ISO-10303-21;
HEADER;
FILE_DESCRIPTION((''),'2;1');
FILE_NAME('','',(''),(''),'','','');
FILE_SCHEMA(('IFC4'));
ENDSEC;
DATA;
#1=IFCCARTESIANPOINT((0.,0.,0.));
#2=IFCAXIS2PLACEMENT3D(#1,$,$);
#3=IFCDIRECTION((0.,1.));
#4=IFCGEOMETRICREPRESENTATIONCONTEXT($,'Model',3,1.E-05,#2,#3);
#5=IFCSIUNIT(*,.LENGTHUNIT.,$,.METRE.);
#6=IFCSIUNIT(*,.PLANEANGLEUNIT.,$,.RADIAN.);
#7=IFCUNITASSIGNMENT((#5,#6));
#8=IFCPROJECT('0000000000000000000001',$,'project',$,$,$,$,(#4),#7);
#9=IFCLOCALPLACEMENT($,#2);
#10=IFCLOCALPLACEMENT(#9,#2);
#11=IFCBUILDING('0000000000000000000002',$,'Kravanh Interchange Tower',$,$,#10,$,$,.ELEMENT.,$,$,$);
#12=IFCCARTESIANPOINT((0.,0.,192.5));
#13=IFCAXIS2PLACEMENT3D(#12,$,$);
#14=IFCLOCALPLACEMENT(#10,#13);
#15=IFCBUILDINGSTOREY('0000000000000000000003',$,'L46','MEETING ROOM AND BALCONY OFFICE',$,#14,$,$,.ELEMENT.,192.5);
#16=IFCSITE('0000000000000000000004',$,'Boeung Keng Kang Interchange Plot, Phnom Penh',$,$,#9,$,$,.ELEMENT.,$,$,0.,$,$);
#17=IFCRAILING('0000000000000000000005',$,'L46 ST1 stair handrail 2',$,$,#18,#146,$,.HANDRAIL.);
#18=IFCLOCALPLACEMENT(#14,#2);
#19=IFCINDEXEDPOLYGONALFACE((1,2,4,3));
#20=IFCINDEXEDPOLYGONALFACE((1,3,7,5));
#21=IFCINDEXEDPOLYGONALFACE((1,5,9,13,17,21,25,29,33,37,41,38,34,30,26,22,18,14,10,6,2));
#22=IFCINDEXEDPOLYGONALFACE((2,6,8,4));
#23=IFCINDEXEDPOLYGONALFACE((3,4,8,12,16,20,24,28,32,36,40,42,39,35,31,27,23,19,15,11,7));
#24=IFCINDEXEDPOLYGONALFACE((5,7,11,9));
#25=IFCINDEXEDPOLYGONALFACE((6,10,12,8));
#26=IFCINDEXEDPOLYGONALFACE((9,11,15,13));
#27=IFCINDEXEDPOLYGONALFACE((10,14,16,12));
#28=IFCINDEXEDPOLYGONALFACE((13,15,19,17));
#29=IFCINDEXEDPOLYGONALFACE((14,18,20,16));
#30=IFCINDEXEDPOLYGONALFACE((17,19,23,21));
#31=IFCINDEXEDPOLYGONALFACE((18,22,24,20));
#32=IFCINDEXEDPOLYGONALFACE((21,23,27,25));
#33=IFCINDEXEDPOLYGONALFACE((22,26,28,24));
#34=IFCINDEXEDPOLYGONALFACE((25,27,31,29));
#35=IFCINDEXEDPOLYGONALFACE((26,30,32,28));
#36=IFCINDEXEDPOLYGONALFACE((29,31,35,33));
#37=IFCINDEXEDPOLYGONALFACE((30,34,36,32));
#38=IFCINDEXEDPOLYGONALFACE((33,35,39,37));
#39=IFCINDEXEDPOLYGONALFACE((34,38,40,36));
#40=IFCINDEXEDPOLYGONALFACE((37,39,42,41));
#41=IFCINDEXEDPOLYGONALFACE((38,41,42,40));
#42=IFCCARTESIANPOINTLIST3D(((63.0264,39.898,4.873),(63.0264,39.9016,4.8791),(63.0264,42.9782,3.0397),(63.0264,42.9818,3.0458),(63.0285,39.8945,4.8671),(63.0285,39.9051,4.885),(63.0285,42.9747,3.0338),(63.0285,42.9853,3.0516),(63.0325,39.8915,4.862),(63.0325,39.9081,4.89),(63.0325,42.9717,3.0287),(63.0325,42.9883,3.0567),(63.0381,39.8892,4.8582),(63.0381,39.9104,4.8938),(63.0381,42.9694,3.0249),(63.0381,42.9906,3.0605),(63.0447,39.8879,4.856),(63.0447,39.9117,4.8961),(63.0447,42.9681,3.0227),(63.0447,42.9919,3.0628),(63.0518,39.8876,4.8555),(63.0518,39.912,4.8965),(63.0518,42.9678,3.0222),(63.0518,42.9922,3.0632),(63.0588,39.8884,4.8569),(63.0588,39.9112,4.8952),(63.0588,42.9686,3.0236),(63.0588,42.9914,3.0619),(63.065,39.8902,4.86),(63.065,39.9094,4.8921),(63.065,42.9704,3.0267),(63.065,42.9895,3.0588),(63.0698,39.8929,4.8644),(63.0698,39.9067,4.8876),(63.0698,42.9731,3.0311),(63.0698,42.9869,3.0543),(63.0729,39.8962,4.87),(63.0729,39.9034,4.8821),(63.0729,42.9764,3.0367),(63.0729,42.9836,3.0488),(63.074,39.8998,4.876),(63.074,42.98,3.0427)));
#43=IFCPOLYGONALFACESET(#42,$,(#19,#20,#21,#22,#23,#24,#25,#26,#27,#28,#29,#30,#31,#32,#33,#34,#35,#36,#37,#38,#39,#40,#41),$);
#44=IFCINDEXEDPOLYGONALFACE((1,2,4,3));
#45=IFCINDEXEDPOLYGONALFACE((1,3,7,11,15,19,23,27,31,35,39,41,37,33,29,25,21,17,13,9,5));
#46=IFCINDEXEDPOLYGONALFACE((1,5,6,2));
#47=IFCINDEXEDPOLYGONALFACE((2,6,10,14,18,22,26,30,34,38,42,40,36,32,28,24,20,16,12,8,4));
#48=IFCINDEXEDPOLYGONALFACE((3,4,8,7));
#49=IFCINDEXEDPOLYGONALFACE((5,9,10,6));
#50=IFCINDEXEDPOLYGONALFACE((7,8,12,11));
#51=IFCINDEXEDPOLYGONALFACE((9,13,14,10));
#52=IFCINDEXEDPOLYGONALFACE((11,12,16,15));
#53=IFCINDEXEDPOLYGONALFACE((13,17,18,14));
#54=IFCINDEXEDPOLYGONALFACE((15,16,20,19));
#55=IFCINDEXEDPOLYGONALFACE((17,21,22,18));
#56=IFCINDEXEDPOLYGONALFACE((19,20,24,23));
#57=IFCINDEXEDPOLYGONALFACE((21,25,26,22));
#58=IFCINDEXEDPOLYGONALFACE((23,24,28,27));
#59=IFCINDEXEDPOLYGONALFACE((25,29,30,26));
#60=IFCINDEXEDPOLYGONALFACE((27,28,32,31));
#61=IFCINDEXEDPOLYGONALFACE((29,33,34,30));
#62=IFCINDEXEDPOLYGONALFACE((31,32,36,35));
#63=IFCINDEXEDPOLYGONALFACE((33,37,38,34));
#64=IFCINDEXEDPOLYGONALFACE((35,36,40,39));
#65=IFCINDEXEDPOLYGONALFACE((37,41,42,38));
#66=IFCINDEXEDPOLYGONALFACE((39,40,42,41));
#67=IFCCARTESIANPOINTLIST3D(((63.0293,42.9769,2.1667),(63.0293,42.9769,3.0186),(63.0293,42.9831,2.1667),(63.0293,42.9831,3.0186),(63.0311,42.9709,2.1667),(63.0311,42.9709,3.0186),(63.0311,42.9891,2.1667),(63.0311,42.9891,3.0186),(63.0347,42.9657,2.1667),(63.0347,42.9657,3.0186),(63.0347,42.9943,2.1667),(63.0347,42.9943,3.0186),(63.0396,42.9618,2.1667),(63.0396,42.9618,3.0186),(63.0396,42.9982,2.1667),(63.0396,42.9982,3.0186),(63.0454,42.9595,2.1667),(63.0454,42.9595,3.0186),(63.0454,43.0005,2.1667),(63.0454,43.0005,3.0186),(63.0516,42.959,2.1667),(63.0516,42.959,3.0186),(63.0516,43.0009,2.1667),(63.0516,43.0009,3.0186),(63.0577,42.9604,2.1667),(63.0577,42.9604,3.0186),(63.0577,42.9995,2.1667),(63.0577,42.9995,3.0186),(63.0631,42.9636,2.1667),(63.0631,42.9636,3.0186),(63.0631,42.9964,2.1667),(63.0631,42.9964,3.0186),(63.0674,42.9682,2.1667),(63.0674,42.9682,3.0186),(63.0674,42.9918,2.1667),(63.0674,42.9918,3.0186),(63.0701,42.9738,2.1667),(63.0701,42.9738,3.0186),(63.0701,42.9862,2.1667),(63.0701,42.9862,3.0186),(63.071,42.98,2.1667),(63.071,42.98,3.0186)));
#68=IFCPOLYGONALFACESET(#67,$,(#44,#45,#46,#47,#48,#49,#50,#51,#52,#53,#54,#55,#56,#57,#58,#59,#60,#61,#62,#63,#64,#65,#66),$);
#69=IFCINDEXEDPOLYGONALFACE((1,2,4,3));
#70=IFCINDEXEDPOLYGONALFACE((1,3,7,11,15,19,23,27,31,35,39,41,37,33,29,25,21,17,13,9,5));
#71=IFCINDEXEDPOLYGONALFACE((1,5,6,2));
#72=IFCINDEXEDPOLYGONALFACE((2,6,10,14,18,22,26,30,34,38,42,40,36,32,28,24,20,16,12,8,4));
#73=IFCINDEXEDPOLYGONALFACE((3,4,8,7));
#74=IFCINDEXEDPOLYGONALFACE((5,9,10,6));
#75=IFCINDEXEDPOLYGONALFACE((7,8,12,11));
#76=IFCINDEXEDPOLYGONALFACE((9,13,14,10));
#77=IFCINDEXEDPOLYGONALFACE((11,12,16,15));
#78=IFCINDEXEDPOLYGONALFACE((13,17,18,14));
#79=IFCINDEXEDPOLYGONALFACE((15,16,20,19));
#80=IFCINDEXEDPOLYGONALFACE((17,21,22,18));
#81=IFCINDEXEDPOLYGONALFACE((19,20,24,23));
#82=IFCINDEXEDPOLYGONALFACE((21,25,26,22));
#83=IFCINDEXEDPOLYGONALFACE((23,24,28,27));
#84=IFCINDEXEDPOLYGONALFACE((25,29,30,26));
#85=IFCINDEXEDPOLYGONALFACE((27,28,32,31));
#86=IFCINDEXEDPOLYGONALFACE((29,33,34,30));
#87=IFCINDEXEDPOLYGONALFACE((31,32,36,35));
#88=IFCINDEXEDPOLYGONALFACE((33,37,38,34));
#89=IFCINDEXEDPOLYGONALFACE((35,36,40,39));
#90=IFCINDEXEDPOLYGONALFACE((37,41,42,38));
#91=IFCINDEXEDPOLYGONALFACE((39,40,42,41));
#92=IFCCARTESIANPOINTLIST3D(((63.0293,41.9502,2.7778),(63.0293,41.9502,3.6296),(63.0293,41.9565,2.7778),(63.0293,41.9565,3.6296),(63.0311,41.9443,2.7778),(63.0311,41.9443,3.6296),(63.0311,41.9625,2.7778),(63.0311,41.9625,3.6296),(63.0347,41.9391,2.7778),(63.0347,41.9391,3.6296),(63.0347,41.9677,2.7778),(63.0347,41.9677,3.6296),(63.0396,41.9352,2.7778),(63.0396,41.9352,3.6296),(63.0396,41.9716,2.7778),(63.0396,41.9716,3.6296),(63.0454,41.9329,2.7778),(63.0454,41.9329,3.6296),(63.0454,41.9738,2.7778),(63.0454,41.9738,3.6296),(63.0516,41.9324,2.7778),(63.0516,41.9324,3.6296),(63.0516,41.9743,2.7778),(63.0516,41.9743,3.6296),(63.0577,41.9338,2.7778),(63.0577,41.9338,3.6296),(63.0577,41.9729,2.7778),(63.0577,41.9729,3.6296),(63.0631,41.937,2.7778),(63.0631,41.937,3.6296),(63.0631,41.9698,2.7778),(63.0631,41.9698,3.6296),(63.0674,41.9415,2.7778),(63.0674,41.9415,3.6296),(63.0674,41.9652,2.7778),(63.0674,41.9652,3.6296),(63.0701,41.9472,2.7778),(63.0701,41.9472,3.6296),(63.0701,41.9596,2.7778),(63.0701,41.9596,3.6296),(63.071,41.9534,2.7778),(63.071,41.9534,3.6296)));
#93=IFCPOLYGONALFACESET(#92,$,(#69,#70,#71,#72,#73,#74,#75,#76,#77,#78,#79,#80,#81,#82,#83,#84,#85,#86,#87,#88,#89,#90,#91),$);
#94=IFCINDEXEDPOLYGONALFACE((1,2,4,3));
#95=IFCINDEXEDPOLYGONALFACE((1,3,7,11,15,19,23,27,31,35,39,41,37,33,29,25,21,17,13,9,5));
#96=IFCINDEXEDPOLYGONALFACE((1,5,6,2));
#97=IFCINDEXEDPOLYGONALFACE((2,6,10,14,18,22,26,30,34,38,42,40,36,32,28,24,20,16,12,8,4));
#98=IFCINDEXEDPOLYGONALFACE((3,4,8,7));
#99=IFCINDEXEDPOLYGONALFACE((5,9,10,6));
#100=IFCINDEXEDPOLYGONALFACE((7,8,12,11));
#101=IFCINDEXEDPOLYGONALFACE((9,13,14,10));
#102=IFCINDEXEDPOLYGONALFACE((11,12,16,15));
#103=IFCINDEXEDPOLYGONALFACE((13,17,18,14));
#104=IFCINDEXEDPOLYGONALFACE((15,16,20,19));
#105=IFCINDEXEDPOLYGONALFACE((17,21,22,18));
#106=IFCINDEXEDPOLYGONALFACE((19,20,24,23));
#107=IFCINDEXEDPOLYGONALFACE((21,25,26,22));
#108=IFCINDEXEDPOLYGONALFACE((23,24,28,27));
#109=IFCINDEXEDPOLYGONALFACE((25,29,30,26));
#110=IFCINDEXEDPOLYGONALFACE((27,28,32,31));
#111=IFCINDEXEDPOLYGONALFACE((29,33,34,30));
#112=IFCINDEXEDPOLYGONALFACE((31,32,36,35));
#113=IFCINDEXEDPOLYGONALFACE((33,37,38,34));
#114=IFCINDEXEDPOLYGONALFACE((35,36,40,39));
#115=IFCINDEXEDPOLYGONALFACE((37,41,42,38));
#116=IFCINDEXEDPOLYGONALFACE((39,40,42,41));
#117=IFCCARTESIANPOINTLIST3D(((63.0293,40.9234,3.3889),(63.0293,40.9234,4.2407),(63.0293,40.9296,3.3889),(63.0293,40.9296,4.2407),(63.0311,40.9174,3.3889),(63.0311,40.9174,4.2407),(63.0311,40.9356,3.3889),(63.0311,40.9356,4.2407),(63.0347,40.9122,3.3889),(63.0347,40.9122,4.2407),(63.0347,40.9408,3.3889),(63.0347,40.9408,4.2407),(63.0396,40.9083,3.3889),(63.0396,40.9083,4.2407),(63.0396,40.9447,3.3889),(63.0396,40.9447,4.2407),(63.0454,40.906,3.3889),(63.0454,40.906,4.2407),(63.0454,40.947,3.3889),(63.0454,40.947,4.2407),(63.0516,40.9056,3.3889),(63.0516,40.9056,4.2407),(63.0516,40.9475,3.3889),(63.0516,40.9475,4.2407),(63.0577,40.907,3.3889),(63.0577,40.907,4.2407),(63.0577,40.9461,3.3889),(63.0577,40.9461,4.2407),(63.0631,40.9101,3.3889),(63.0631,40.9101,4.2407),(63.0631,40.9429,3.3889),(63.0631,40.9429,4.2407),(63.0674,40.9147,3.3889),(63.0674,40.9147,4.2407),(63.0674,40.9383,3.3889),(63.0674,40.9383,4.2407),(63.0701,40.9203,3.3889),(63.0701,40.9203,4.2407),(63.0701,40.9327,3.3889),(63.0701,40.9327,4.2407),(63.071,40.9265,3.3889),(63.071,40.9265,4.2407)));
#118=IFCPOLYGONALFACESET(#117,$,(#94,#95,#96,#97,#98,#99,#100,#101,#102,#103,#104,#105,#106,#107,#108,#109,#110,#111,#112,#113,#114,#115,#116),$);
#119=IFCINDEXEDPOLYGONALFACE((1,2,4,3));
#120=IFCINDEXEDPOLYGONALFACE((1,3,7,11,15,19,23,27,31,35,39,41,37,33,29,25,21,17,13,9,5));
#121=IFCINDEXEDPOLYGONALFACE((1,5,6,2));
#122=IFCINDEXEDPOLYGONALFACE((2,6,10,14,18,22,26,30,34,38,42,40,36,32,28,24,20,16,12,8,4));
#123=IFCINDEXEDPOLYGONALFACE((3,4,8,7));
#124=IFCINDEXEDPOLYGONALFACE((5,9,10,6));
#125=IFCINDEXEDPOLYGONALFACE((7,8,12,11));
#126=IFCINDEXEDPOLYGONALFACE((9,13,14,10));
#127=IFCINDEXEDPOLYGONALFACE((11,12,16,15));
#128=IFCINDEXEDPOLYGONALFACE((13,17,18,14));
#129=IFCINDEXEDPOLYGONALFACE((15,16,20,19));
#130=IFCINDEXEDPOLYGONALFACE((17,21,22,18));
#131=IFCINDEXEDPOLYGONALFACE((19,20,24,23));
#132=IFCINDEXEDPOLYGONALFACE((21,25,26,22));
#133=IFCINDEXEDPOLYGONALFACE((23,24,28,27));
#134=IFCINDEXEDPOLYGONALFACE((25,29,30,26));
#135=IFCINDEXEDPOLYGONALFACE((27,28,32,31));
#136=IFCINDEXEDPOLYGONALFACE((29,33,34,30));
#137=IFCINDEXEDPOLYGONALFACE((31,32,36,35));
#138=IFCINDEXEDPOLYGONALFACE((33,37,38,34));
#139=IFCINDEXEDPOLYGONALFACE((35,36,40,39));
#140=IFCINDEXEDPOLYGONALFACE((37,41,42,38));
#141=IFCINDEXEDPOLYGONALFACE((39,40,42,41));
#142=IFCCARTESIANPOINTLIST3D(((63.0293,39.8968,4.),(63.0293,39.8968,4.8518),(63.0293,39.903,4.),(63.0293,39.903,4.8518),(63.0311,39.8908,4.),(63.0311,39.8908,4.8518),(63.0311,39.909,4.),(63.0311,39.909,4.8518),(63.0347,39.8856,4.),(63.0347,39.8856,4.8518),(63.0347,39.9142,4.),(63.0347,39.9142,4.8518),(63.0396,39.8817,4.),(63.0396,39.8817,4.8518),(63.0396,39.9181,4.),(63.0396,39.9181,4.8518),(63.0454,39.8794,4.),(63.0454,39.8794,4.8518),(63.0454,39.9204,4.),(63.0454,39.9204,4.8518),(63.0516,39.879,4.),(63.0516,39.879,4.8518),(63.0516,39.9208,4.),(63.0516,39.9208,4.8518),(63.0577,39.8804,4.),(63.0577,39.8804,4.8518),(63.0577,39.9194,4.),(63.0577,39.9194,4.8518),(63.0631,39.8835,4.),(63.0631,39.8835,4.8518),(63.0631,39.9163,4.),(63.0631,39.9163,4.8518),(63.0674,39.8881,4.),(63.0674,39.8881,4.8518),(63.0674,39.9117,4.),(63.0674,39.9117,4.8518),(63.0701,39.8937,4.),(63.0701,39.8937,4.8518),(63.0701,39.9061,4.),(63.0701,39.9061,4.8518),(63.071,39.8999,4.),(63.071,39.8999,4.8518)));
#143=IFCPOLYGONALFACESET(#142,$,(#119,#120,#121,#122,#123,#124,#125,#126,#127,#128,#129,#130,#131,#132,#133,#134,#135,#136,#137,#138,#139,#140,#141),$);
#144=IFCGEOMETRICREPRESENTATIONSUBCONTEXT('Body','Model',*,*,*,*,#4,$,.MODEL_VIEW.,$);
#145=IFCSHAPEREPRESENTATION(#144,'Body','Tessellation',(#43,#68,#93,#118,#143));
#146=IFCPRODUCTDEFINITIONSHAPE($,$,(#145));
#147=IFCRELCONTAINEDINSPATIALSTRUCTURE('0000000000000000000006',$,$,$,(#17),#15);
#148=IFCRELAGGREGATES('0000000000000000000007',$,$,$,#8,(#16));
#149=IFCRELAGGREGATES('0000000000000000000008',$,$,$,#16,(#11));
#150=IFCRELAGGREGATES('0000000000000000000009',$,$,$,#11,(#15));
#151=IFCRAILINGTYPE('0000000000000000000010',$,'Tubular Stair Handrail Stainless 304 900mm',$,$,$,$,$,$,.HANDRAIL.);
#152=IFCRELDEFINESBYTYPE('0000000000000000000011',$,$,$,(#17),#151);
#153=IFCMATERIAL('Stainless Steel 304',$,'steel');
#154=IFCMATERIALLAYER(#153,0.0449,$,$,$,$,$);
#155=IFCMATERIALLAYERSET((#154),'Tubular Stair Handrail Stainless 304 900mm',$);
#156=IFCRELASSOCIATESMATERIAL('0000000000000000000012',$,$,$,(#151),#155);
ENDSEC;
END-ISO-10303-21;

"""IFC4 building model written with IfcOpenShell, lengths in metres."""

from ifc_helpers import new_model, si_unit, direction, frame, origin, origin_2d, place, context, subcontext, project, spatial, circle, extrude, material, layer, layer_set, type_object, element, save


model = new_model("IFC4")

# Units and contexts
model_context = context("Model", 3, precision=1e-05, world=origin(), true_north=direction((0.0, 1.0)))
body_context = subcontext(model_context, "Body", "Model", "MODEL_VIEW")
ifc_project = project(units=[si_unit("LENGTHUNIT", "METRE"), si_unit("PLANEANGLEUNIT", "RADIAN")], contexts=[model_context])

# Site, building, storey
site_placement = place(None, origin())
site = spatial("IfcSite", under=ifc_project, at=site_placement, Name="Boeung Keng Kang Interchange Plot, Phnom Penh", CompositionType="ELEMENT", RefElevation=0.0)
building_placement = place(site_placement, origin())
building = spatial("IfcBuilding", under=site, at=building_placement, Name="Kravanh Interchange Tower", CompositionType="ELEMENT")
storey_placement = place(building_placement, frame((0.0, 0.0, 192.5)))
storey = spatial("IfcBuildingStorey", under=building, at=storey_placement, Name="L46", Description="MEETING ROOM AND BALCONY OFFICE", CompositionType="ELEMENT", Elevation=192.5)

# Railing
ifc_material_1 = material(Name="Stainless Steel 304", Category="steel")
ifc_layer_1 = layer(ifc_material_1, 0.0449)
ifc_layer_set_1 = layer_set([ifc_layer_1], Name="Tubular Stair Handrail Stainless 304 900mm")
railing_type_1 = type_object("IfcRailingType", Name="Tubular Stair Handrail Stainless 304 900mm", PredefinedType="HANDRAIL", material=ifc_layer_set_1)
railing_1_placement = place(storey_placement, frame((63.05, 42.98, 2.1667)))
element("IfcRailing", 1, at=railing_1_placement, inside=storey, type_object=railing_type_1, Name="L46 ST1 stair handrail 2", PredefinedType="HANDRAIL", context=body_context, shape_type="SweptSolid", body=[
    extrude(circle(Radius=0.0239, at=origin_2d()), frame((0.0, 0.0, 0.876), z_axis=(0.0, -0.859309, 0.511458), x_axis=(1.0, 0.0, 0.0)), (0.0, 0.0, 1.0), 3.5845),
    extrude(circle(Radius=0.021, at=origin_2d()), origin(), (0.0, 0.0, 1.0), 0.8518),
    extrude(circle(Radius=0.021, at=origin_2d()), frame((0.0, -1.0266, 0.6111)), (0.0, 0.0, 1.0), 0.8518),
    extrude(circle(Radius=0.021, at=origin_2d()), frame((0.0, -2.0535, 1.2222)), (0.0, 0.0, 1.0), 0.8518),
    extrude(circle(Radius=0.021, at=origin_2d()), frame((0.0, -3.0801, 1.8333)), (0.0, 0.0, 1.0), 0.8518),
])

save(model, "model.ifc")
